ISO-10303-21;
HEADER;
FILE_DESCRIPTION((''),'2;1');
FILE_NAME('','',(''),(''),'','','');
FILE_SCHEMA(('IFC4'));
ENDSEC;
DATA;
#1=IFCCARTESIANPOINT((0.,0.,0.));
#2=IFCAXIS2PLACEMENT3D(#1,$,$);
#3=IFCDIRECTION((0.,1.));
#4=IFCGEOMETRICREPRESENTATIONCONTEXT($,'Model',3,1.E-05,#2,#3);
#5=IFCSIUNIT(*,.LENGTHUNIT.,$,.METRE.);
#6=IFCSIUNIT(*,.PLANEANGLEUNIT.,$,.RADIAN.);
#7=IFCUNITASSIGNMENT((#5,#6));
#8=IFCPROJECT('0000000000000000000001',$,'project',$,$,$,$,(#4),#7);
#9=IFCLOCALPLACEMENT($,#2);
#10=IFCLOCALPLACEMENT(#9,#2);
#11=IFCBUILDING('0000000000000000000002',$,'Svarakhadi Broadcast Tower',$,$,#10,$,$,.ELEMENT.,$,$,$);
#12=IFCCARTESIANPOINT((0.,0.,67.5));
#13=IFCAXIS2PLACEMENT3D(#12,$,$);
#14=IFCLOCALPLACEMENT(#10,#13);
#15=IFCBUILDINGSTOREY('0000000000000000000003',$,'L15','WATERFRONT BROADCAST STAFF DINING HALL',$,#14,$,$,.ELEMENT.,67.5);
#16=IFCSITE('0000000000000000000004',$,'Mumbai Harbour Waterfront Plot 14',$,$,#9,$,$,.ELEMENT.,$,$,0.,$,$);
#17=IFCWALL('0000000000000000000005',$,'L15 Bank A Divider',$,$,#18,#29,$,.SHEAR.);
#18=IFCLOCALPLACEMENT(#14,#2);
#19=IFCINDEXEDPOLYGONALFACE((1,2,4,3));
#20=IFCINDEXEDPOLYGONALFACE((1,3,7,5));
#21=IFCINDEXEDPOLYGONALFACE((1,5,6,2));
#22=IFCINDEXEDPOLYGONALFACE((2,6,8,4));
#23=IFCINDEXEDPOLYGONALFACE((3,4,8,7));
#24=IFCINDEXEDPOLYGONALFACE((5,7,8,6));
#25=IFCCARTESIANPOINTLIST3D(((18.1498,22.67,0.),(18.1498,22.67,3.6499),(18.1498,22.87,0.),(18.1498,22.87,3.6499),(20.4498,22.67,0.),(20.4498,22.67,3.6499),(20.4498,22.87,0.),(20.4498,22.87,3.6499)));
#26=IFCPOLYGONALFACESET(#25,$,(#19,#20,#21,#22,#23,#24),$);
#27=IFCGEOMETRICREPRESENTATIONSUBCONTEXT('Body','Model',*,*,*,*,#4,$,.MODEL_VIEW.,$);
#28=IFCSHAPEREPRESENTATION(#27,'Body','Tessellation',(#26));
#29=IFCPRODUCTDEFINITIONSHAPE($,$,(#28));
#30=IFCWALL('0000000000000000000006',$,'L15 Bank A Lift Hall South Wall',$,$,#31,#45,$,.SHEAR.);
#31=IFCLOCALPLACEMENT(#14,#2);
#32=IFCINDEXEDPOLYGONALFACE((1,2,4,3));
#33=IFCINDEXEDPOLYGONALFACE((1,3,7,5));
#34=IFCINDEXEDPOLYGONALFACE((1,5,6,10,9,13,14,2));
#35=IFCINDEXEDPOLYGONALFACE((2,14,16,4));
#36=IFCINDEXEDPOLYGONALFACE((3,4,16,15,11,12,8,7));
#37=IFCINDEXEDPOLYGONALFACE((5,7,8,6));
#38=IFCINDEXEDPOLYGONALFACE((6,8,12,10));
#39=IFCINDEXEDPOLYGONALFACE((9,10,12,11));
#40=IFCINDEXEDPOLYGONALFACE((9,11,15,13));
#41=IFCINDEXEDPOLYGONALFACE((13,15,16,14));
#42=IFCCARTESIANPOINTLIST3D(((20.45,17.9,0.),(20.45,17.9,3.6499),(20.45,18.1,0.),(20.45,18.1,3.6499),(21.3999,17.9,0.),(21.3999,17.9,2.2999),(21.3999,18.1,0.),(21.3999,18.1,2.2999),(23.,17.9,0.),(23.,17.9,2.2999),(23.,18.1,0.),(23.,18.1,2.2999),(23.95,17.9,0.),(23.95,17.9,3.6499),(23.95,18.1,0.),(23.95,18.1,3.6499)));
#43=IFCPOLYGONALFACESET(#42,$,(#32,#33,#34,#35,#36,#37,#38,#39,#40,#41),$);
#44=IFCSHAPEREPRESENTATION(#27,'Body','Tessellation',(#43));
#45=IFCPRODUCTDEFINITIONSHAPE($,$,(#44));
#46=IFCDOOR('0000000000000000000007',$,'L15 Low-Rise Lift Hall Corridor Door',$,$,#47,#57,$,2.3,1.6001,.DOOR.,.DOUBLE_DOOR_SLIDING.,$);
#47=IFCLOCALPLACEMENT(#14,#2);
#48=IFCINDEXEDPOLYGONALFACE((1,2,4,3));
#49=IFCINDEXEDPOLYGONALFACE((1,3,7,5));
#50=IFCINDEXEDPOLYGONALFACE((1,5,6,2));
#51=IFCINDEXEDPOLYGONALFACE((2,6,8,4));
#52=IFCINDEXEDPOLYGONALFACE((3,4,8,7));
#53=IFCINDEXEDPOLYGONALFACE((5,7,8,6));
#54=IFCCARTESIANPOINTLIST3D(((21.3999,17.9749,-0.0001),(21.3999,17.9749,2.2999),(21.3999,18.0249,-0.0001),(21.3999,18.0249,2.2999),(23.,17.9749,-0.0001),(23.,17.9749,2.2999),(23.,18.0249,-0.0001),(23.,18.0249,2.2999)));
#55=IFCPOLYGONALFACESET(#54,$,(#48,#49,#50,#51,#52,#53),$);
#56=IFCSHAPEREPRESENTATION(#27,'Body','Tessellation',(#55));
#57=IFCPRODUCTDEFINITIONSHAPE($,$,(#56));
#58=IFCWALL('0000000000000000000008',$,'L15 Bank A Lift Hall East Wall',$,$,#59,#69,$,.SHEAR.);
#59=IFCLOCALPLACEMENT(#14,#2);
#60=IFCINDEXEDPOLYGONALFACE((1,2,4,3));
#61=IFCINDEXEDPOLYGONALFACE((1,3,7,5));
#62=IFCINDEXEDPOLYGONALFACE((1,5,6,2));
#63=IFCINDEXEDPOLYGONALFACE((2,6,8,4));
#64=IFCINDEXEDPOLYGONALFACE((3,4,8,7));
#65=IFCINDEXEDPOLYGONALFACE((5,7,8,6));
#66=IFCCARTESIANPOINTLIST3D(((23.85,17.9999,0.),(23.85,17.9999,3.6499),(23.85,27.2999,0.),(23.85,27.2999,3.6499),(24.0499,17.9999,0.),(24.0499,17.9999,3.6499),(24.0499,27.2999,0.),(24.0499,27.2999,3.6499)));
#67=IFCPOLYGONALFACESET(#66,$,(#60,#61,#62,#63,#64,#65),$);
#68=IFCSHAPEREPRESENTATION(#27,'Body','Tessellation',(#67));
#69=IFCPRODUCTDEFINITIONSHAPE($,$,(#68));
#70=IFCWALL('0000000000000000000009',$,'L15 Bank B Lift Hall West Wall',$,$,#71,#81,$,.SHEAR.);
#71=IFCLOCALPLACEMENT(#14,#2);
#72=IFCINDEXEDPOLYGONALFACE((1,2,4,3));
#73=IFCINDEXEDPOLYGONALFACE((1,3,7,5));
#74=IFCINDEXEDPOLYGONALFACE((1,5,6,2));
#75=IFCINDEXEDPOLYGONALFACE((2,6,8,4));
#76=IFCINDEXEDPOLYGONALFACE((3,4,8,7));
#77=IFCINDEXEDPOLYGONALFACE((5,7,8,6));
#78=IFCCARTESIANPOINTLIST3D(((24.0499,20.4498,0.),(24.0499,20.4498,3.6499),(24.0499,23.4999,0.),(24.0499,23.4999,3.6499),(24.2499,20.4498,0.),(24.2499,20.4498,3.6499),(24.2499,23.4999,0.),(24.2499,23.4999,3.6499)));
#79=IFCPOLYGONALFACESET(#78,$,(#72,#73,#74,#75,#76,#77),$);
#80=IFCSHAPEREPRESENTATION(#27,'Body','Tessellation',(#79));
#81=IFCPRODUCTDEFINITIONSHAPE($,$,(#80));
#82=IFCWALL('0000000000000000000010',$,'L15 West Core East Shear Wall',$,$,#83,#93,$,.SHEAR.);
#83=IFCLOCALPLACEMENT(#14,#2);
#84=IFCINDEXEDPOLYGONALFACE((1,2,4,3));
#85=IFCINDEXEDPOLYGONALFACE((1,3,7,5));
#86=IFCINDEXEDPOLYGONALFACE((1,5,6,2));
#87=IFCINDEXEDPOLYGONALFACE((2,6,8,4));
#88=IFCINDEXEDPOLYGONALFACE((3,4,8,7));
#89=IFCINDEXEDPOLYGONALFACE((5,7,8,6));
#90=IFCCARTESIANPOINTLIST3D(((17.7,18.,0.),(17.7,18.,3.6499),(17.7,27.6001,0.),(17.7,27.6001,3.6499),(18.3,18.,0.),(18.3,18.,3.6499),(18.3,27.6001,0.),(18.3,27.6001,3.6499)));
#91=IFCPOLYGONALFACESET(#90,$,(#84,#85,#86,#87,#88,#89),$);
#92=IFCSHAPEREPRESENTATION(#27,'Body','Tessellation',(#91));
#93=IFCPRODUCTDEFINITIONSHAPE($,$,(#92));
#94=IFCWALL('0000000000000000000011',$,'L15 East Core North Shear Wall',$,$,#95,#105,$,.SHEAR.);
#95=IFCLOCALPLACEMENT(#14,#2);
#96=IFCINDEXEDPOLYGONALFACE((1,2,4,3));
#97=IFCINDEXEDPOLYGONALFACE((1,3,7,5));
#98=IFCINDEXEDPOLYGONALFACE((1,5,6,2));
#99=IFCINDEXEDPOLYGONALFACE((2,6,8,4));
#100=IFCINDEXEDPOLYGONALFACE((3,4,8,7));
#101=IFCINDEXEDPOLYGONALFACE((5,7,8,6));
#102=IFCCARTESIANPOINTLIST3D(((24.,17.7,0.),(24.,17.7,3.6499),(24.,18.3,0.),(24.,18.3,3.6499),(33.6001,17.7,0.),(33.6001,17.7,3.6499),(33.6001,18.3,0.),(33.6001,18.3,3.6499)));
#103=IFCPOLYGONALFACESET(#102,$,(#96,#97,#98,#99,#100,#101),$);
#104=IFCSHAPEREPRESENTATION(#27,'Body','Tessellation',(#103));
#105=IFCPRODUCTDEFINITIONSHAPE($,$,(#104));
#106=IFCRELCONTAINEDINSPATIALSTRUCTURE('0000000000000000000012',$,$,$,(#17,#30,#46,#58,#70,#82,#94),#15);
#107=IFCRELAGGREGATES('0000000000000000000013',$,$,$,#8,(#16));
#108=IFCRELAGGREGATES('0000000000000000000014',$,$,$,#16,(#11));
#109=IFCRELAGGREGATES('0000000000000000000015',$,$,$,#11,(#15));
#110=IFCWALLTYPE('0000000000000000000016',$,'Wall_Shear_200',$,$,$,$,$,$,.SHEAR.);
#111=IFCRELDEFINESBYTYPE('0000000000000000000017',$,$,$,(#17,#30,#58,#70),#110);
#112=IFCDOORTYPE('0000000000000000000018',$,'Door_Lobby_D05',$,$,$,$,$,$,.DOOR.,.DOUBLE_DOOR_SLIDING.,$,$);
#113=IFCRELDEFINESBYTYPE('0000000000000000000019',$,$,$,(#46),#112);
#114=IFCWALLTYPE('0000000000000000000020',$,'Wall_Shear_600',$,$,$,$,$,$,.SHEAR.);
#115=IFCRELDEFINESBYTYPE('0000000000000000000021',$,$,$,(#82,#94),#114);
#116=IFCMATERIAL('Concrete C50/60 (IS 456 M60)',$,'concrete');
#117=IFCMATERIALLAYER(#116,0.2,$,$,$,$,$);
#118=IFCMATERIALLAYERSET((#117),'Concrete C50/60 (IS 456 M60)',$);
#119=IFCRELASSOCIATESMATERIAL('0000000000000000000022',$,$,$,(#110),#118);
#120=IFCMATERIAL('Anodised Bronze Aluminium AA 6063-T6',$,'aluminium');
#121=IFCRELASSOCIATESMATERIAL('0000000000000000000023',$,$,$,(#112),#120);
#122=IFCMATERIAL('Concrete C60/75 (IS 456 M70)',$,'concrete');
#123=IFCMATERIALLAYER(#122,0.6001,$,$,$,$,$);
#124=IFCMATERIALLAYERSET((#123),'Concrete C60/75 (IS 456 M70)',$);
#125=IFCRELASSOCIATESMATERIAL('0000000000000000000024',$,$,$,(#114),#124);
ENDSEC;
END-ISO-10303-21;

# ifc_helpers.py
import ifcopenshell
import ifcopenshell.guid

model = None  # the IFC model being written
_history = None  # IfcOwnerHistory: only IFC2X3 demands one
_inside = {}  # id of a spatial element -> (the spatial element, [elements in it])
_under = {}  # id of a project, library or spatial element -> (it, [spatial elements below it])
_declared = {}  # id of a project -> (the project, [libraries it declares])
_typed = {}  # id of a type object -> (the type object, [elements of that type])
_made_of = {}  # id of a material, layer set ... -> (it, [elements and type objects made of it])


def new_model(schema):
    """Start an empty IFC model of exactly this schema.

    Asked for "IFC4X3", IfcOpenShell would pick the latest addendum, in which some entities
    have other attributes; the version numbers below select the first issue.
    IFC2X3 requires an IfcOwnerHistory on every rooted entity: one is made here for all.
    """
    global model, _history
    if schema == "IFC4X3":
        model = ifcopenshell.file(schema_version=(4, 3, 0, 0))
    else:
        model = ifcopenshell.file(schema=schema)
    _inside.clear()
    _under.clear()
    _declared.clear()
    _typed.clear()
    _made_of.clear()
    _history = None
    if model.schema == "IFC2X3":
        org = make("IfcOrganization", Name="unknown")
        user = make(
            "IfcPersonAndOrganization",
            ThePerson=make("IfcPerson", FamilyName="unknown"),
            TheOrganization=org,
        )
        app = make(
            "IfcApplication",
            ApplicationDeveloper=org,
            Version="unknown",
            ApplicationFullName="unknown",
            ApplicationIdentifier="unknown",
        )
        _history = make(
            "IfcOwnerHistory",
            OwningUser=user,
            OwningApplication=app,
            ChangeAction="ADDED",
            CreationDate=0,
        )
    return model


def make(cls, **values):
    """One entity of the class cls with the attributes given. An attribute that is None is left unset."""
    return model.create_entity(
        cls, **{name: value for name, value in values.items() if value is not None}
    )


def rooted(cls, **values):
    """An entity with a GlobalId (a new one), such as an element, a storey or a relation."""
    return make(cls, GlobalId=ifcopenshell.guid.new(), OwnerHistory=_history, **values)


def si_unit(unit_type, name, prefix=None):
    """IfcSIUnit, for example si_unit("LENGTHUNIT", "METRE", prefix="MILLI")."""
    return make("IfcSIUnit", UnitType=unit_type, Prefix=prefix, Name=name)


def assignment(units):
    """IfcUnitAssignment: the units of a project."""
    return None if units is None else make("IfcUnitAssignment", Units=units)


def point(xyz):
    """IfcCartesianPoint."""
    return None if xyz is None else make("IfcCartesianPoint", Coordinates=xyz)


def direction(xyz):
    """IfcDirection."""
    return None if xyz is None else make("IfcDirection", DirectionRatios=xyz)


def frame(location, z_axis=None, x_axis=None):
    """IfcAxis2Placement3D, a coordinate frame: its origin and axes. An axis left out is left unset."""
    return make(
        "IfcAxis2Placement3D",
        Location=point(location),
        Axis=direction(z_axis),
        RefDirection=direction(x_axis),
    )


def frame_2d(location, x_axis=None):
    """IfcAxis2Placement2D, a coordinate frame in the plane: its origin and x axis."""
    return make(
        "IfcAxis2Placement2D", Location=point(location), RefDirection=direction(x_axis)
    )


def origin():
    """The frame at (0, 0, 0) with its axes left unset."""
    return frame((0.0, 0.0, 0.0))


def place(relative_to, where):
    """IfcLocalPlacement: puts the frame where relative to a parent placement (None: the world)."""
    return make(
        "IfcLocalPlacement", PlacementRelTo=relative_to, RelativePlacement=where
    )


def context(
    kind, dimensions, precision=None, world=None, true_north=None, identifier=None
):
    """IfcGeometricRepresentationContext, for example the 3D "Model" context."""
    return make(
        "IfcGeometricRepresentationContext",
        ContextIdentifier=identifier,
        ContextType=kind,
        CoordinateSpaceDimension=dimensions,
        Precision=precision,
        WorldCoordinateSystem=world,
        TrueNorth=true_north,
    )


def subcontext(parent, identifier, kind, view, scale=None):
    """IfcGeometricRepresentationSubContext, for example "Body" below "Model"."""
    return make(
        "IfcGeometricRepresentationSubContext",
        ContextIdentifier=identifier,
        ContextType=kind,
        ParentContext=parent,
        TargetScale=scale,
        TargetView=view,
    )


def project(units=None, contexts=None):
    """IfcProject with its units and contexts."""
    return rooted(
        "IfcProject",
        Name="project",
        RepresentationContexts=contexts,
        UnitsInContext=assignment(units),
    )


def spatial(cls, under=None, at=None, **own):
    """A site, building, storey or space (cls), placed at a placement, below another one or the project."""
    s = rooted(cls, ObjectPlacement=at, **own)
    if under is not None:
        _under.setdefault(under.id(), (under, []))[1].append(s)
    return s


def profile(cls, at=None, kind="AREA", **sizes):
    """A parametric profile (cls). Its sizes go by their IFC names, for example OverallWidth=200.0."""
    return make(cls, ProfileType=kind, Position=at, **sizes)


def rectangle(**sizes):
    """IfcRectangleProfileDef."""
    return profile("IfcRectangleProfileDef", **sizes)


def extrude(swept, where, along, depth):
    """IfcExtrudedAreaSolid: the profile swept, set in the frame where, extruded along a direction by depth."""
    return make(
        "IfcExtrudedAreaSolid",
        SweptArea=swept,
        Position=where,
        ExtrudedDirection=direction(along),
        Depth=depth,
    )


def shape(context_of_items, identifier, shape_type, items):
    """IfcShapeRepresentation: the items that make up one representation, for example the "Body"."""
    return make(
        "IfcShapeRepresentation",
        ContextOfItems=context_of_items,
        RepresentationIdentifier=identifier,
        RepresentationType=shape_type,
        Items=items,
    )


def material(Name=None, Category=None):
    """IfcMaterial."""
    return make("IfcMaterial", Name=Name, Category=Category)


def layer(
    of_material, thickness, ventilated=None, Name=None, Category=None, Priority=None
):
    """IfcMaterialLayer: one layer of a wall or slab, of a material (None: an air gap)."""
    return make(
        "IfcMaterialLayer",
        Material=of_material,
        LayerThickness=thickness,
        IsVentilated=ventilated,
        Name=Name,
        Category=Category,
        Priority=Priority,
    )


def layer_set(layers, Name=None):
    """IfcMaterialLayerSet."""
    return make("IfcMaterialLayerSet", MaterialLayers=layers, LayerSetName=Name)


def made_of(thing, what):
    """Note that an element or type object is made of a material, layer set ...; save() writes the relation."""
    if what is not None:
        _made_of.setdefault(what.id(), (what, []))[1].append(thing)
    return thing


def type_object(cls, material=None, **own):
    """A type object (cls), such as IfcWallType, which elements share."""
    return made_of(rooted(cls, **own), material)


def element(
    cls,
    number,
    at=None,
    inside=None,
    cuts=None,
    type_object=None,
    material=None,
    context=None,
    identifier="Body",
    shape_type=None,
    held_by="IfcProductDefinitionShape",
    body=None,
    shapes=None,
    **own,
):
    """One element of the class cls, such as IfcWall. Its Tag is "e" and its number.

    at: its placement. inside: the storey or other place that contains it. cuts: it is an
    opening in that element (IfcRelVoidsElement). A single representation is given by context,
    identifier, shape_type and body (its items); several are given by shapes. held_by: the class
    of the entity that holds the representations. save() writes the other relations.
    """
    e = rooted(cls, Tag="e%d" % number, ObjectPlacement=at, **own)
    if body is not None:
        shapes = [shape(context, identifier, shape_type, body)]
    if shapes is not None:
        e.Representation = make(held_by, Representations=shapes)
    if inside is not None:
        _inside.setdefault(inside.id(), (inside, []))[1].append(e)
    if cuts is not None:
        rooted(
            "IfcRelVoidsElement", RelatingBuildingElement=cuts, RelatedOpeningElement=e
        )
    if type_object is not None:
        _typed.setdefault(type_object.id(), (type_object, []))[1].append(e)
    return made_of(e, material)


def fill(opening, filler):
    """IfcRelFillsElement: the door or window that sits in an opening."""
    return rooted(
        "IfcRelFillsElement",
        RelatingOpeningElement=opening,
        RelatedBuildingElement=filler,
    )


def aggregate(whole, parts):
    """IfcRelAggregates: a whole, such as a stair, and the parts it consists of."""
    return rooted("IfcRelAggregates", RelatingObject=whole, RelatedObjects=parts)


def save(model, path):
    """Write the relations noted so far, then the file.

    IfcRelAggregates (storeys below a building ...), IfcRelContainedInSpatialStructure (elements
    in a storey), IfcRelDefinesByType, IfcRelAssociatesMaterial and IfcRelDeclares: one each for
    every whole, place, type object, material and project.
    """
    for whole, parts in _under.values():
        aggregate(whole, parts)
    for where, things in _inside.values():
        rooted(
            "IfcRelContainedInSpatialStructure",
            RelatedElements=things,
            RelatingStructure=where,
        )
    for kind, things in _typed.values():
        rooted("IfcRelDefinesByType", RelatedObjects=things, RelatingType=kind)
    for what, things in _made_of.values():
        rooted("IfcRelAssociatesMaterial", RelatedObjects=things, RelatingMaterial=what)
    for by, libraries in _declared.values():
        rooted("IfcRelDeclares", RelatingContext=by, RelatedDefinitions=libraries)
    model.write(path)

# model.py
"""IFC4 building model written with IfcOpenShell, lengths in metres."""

from ifc_helpers import new_model, si_unit, direction, frame, frame_2d, origin, place, context, subcontext, project, spatial, rectangle, extrude, material, layer, layer_set, type_object, element, fill, save


model = new_model("IFC4")

# Units and contexts
model_context = context("Model", 3, precision=1e-05, world=origin(), true_north=direction((0.0, 1.0)))
body_context = subcontext(model_context, "Body", "Model", "MODEL_VIEW")
ifc_project = project(units=[si_unit("LENGTHUNIT", "METRE"), si_unit("PLANEANGLEUNIT", "RADIAN")], contexts=[model_context])

# Site, building, storey
site_placement = place(None, origin())
site = spatial("IfcSite", under=ifc_project, at=site_placement, Name="Mumbai Harbour Waterfront Plot 14", CompositionType="ELEMENT", RefElevation=0.0)
building_placement = place(site_placement, origin())
building = spatial("IfcBuilding", under=site, at=building_placement, Name="Svarakhadi Broadcast Tower", CompositionType="ELEMENT")
storey_placement = place(building_placement, frame((0.0, 0.0, 67.5)))
storey = spatial("IfcBuildingStorey", under=building, at=storey_placement, Name="L15", Description="WATERFRONT BROADCAST STAFF DINING HALL", CompositionType="ELEMENT", Elevation=67.5)

# Shared definitions
ifc_material_1 = material(Name="Concrete C60/75 (IS 456 M70)", Category="concrete")

# Shared definitions
ifc_material_2 = material(Name="Anodised Bronze Aluminium AA 6063-T6", Category="aluminium")

# Shared definitions
ifc_material_3 = material(Name="Concrete C50/60 (IS 456 M60)", Category="concrete")
ifc_layer_1 = layer(ifc_material_3, 0.2)
ifc_layer_set_1 = layer_set([ifc_layer_1], Name="Concrete C50/60 (IS 456 M60)")
wall_type_1 = type_object("IfcWallType", Name="Wall_Shear_200", PredefinedType="SHEAR", material=ifc_layer_set_1)

# Wall
for number, where, z_axis, x_axis, name in (
    (1, (18.1499, 22.77, 0.0), (0.0, 0.0, 1.0), (1.0, 0.0, 0.0), "L15 Bank A Divider"),
):
    element("IfcWall", number, at=place(storey_placement, frame(where, z_axis=z_axis, x_axis=x_axis)), inside=storey, type_object=wall_type_1, Name=name, PredefinedType="SHEAR", context=body_context, shape_type="SweptSolid", body=[
        extrude(rectangle(XDim=2.3, YDim=0.2, at=frame_2d((1.1499, 0.0))), origin(), (0.0, 0.0, 1.0), 3.6499),
    ])

# Wall, opening, door
wall_1_placement = place(storey_placement, frame((20.45, 18.0, 0.0), z_axis=(0.0, 0.0, 1.0), x_axis=(1.0, 0.0, 0.0)))
wall_1 = element("IfcWall", 2, at=wall_1_placement, inside=storey, type_object=wall_type_1, Name="L15 Bank A Lift Hall South Wall", PredefinedType="SHEAR", context=body_context, shape_type="SweptSolid", body=[
    extrude(rectangle(XDim=3.5, YDim=0.2, at=frame_2d((1.75, 0.0))), origin(), (0.0, 0.0, 1.0), 3.6499),
])
opening_1_placement = place(wall_1_placement, frame((0.95, 0.0, 0.0)))
opening_1 = element("IfcOpeningElement", 3, at=opening_1_placement, cuts=wall_1, PredefinedType="OPENING", context=body_context, shape_type="SweptSolid", body=[
    extrude(rectangle(XDim=1.6001, YDim=2.3, at=frame_2d((0.8, 1.1499))), frame((0.0, 0.1099, 0.0), z_axis=(0.0, -1.0, 0.0), x_axis=(1.0, 0.0, 0.0)), (0.0, 0.0, 1.0), 0.22),
])
door_type_1 = type_object("IfcDoorType", Name="Door_Lobby_D05", OperationType="DOUBLE_DOOR_SLIDING", PredefinedType="DOOR", material=ifc_material_2)
door_1_placement = place(opening_1_placement, origin())
door_1 = element("IfcDoor", 4, at=door_1_placement, inside=storey, type_object=door_type_1, Name="L15 Low-Rise Lift Hall Corridor Door", OperationType="DOUBLE_DOOR_SLIDING", OverallHeight=2.3, OverallWidth=1.6001, PredefinedType="DOOR", context=body_context, shape_type="SweptSolid", body=[
    extrude(rectangle(XDim=1.6001, YDim=2.3, at=frame_2d((0.8, 1.1499))), frame((0.0, 0.0249, 0.0), z_axis=(0.0, -1.0, 0.0), x_axis=(1.0, 0.0, 0.0)), (0.0, 0.0, 1.0), 0.05),
])
fill(opening_1, door_1)

# Walls
wall_2_placement = place(storey_placement, frame((23.95, 18.0, 0.0), z_axis=(0.0, 0.0, 1.0), x_axis=(0.0, 1.0, 0.0)))
element("IfcWall", 5, at=wall_2_placement, inside=storey, type_object=wall_type_1, Name="L15 Bank A Lift Hall East Wall", PredefinedType="SHEAR", context=body_context, shape_type="SweptSolid", body=[
    extrude(rectangle(XDim=9.3, YDim=0.2, at=frame_2d((4.6499, 0.0))), origin(), (0.0, 0.0, 1.0), 3.6499),
])
wall_3_placement = place(storey_placement, frame((24.1499, 20.45, 0.0), z_axis=(0.0, 0.0, 1.0), x_axis=(0.0, 1.0, 0.0)))
element("IfcWall", 6, at=wall_3_placement, inside=storey, type_object=wall_type_1, Name="L15 Bank B Lift Hall West Wall", PredefinedType="SHEAR", context=body_context, shape_type="SweptSolid", body=[
    extrude(rectangle(XDim=3.05, YDim=0.2, at=frame_2d((1.5249, 0.0))), origin(), (0.0, 0.0, 1.0), 3.6499),
])
ifc_layer_2 = layer(ifc_material_1, 0.6001)
ifc_layer_set_2 = layer_set([ifc_layer_2], Name="Concrete C60/75 (IS 456 M70)")
wall_type_2 = type_object("IfcWallType", Name="Wall_Shear_600", PredefinedType="SHEAR", material=ifc_layer_set_2)
for number, where, z_axis, x_axis, name in (
    (7, (18.0, 18.0, 0.0), (0.0, 0.0, 1.0), (0.0, 1.0, 0.0), "L15 West Core East Shear Wall"),
    (8, (24.0, 18.0, 0.0), (0.0, 0.0, 1.0), (1.0, 0.0, 0.0), "L15 East Core North Shear Wall"),
):
    element("IfcWall", number, at=place(storey_placement, frame(where, z_axis=z_axis, x_axis=x_axis)), inside=storey, type_object=wall_type_2, Name=name, PredefinedType="SHEAR", context=body_context, shape_type="SweptSolid", body=[
        extrude(rectangle(XDim=9.6001, YDim=0.6001, at=frame_2d((4.8, 0.0))), origin(), (0.0, 0.0, 1.0), 3.6499),
    ])

save(model, "model.ifc")
